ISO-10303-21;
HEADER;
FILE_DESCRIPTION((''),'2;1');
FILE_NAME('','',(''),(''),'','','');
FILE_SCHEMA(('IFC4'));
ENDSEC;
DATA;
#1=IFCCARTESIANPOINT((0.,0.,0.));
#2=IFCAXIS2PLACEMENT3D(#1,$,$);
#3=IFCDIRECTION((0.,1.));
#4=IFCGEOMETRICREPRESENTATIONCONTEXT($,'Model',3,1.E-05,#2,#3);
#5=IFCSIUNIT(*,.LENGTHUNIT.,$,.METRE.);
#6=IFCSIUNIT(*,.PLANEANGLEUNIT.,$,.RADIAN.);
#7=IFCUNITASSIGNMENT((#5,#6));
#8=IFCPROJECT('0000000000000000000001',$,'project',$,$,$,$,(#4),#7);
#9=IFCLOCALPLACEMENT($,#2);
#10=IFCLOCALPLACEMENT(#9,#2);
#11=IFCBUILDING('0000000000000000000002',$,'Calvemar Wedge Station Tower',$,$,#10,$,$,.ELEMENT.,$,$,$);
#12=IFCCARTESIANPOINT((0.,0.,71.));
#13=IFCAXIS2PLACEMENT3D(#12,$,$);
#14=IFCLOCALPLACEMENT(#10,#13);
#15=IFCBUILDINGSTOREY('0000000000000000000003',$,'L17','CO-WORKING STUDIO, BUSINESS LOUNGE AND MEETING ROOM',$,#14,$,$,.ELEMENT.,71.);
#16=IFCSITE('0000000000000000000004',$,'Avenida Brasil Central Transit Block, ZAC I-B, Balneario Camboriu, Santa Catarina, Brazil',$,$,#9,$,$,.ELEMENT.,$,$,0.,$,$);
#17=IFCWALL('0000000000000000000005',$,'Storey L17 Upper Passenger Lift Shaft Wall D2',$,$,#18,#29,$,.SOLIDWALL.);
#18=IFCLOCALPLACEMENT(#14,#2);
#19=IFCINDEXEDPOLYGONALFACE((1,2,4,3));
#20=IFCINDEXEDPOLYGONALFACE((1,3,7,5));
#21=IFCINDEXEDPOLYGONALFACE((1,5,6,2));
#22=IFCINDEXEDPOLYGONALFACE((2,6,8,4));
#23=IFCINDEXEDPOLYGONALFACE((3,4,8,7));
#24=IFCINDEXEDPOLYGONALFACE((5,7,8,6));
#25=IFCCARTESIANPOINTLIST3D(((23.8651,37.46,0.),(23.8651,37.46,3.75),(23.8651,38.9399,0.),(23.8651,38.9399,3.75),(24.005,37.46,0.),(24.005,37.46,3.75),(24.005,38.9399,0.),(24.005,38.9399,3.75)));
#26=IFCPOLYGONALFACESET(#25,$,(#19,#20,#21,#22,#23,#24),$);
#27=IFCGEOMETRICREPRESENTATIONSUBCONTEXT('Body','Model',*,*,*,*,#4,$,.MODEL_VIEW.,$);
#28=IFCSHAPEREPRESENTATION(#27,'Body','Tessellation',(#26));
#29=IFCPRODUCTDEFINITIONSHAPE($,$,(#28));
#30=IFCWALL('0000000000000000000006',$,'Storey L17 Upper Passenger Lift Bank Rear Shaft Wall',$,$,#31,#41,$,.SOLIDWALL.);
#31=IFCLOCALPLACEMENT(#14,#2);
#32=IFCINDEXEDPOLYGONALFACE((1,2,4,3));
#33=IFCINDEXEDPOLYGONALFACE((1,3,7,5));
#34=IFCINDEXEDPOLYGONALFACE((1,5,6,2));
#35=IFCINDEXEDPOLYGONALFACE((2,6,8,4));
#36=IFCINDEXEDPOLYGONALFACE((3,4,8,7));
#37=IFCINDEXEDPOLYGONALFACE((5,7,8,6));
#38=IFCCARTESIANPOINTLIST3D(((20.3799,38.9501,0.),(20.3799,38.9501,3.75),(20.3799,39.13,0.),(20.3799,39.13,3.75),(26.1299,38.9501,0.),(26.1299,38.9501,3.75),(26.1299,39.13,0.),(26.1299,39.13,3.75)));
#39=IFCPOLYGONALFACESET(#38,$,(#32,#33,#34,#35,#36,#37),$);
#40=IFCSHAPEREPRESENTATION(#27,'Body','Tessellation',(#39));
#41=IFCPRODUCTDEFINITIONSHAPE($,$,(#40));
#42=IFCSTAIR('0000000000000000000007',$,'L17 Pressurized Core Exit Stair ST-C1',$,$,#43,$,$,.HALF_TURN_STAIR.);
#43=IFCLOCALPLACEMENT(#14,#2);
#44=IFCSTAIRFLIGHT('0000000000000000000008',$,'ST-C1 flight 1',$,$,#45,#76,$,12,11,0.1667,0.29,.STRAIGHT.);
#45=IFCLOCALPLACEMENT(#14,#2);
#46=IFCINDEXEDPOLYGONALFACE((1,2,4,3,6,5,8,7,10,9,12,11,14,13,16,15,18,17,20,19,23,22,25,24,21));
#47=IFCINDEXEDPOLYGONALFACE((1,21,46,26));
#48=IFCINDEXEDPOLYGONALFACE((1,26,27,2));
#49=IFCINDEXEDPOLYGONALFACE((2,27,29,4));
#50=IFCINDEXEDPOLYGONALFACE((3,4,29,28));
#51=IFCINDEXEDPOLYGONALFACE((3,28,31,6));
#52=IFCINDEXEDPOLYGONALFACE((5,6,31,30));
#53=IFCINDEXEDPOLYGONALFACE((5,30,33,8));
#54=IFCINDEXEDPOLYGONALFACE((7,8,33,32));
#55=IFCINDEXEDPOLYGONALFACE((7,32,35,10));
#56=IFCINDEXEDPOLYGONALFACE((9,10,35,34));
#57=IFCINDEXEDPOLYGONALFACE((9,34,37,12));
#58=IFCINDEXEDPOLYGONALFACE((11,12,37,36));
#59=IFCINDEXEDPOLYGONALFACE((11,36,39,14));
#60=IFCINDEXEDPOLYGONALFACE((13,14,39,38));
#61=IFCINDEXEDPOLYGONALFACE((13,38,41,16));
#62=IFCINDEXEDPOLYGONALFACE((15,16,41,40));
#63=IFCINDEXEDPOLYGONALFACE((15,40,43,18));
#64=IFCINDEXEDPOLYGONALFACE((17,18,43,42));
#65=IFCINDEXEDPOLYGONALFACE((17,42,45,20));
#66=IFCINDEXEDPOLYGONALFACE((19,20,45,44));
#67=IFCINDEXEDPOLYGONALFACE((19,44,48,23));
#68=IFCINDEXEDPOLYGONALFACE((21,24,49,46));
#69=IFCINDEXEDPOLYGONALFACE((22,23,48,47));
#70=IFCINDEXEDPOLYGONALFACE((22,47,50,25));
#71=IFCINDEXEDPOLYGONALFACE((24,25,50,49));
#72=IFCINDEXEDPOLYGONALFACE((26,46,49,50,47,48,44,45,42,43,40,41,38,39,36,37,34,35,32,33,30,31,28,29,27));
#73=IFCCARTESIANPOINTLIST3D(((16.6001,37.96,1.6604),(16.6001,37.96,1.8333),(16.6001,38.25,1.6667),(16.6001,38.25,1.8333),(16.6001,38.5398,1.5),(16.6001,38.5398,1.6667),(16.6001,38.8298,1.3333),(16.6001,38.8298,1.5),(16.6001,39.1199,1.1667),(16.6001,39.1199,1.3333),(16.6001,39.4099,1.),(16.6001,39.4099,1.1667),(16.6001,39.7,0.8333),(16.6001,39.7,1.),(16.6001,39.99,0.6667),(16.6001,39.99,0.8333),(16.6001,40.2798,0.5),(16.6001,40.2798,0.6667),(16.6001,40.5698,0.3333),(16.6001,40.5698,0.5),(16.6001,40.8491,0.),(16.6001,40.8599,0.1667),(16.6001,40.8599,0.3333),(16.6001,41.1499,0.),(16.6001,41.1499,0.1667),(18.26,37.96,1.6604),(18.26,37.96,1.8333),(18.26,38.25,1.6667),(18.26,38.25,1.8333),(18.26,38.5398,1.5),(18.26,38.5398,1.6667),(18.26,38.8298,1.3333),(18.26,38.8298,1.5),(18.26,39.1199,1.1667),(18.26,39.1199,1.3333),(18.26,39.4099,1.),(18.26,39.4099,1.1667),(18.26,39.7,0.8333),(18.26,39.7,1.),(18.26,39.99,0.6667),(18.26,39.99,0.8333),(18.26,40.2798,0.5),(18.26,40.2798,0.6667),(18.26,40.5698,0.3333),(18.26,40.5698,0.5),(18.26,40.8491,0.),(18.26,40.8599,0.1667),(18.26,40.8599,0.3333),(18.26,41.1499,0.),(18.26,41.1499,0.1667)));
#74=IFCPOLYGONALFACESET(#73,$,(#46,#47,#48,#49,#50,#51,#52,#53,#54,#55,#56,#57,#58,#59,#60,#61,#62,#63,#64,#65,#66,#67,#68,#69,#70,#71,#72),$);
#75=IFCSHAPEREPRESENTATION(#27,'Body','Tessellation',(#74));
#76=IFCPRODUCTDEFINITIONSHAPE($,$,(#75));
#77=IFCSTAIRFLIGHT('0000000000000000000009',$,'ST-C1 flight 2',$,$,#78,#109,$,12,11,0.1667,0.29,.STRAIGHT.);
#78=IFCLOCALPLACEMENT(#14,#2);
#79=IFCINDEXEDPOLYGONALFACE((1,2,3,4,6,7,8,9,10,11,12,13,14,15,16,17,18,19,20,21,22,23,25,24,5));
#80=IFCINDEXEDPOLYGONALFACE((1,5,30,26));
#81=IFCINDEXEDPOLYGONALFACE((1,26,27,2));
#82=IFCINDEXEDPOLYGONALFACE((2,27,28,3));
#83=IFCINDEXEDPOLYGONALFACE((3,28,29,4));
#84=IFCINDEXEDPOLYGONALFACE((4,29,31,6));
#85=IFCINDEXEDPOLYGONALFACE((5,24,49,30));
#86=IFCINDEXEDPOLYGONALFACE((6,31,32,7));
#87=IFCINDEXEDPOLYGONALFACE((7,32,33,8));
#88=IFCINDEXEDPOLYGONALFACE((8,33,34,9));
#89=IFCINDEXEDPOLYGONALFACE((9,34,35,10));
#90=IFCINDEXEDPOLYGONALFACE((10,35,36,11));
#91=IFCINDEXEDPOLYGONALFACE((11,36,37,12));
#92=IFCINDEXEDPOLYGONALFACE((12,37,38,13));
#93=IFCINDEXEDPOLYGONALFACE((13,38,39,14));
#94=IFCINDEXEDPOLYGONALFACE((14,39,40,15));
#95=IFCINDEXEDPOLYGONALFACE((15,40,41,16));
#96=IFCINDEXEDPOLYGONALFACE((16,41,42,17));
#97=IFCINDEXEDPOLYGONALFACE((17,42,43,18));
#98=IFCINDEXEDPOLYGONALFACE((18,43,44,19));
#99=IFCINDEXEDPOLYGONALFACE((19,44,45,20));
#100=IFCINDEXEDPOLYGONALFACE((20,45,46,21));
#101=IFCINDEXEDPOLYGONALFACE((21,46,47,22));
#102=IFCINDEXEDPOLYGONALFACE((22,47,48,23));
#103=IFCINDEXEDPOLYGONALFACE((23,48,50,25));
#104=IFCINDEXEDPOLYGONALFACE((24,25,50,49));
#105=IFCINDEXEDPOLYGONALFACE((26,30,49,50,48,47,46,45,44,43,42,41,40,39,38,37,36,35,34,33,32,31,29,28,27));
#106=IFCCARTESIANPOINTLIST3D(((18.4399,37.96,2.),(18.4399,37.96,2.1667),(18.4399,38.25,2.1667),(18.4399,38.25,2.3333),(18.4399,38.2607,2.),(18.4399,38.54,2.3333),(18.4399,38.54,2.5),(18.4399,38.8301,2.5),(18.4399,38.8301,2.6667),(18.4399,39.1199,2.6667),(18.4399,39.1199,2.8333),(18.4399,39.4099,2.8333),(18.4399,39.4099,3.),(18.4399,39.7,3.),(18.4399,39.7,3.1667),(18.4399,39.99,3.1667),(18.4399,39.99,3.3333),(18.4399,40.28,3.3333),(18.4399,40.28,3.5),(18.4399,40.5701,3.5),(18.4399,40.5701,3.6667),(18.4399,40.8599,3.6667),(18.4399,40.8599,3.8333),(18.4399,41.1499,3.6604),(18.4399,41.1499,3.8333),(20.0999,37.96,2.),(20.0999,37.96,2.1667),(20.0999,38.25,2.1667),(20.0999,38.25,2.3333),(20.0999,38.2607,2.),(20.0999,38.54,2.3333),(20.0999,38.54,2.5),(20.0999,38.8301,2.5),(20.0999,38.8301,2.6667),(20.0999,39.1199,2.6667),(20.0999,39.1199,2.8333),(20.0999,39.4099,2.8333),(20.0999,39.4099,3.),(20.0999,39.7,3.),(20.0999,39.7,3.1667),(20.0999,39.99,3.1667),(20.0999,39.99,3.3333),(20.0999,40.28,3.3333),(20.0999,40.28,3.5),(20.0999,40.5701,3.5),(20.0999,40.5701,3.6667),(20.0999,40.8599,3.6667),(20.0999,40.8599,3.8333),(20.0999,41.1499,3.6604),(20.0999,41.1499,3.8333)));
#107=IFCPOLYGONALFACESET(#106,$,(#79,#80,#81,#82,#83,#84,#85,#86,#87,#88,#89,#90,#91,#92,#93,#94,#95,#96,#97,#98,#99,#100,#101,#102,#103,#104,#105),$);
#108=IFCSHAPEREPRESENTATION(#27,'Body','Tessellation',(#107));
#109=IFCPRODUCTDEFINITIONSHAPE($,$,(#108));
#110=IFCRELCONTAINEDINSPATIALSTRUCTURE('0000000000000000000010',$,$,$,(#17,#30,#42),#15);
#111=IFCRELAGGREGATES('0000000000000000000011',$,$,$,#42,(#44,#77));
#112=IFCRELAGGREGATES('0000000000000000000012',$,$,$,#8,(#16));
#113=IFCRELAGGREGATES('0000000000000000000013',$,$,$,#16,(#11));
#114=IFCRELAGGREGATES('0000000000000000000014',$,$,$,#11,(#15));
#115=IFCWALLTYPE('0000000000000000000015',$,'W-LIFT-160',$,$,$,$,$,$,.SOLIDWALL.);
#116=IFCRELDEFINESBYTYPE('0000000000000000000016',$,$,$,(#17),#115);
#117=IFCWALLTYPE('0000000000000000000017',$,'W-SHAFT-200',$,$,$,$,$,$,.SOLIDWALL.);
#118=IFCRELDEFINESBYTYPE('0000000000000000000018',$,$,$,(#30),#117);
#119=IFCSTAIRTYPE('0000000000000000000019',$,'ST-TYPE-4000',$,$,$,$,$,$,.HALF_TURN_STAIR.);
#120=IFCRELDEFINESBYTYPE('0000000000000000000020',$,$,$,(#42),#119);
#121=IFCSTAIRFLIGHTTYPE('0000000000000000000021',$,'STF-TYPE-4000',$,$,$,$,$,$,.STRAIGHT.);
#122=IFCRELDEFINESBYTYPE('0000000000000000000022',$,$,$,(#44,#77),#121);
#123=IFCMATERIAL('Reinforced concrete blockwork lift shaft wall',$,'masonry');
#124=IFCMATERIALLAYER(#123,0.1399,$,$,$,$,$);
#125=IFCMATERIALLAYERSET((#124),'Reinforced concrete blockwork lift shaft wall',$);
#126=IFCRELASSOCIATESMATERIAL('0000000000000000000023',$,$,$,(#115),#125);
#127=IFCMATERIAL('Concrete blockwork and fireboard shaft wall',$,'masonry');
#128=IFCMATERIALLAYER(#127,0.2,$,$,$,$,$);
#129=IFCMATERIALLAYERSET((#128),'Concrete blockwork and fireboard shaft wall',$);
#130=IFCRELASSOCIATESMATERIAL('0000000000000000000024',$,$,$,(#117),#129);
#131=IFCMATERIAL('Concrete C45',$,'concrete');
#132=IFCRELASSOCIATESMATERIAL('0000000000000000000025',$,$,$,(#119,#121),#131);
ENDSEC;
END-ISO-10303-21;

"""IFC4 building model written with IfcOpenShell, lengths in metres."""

from ifc_helpers import new_model, si_unit, direction, frame, frame_2d, origin, place, context, subcontext, project, spatial, polyline, rectangle, outline, extrude, material, layer, layer_set, type_object, element, aggregate, save


model = new_model("IFC4")

# Units and contexts
model_context = context("Model", 3, precision=1e-05, world=origin(), true_north=direction((0.0, 1.0)))
body_context = subcontext(model_context, "Body", "Model", "MODEL_VIEW")
ifc_project = project(units=[si_unit("LENGTHUNIT", "METRE"), si_unit("PLANEANGLEUNIT", "RADIAN")], contexts=[model_context])

# Site, building, storey
site_placement = place(None, origin())
site = spatial("IfcSite", under=ifc_project, at=site_placement, Name="Avenida Brasil Central Transit Block, ZAC I-B, Balneario Camboriu, Santa Catarina, Brazil", CompositionType="ELEMENT", RefElevation=0.0)
building_placement = place(site_placement, origin())
building = spatial("IfcBuilding", under=site, at=building_placement, Name="Calvemar Wedge Station Tower", CompositionType="ELEMENT")
storey_placement = place(building_placement, frame((0.0, 0.0, 71.0)))
storey = spatial("IfcBuildingStorey", under=building, at=storey_placement, Name="L17", Description="CO-WORKING STUDIO, BUSINESS LOUNGE AND MEETING ROOM", CompositionType="ELEMENT", Elevation=71.0)

# Shared definitions
ifc_material_1 = material(Name="Reinforced concrete blockwork lift shaft wall", Category="masonry")
ifc_layer_1 = layer(ifc_material_1, 0.1399)
ifc_layer_set_1 = layer_set([ifc_layer_1], Name="Reinforced concrete blockwork lift shaft wall")
wall_type_1 = type_object("IfcWallType", Name="W-LIFT-160", PredefinedType="SOLIDWALL", material=ifc_layer_set_1)

# Walls
for number, where, z_axis, x_axis, name in (
    (1, (23.9351, 37.46, 0.0), (0.0, 0.0, 1.0), (0.0, 1.0, 0.0), "Storey L17 Upper Passenger Lift Shaft Wall D2"),
):
    element("IfcWall", number, at=place(storey_placement, frame(where, z_axis=z_axis, x_axis=x_axis)), inside=storey, type_object=wall_type_1, Name=name, PredefinedType="SOLIDWALL", context=body_context, shape_type="SweptSolid", body=[
        extrude(rectangle(XDim=1.48, YDim=0.1399, at=frame_2d((0.74, 0.0))), origin(), (0.0, 0.0, 1.0), 3.75),
    ])
ifc_material_2 = material(Name="Concrete blockwork and fireboard shaft wall", Category="masonry")
ifc_layer_2 = layer(ifc_material_2, 0.2)
ifc_layer_set_2 = layer_set([ifc_layer_2], Name="Concrete blockwork and fireboard shaft wall")
wall_type_2 = type_object("IfcWallType", Name="W-SHAFT-200", PredefinedType="SOLIDWALL", material=ifc_layer_set_2)
wall_1_placement = place(storey_placement, frame((20.3799, 39.04, 0.0), z_axis=(0.0, 0.0, 1.0), x_axis=(1.0, 0.0, 0.0)))
element("IfcWall", 2, at=wall_1_placement, inside=storey, type_object=wall_type_2, Name="Storey L17 Upper Passenger Lift Bank Rear Shaft Wall", PredefinedType="SOLIDWALL", context=body_context, shape_type="SweptSolid", body=[
    extrude(rectangle(XDim=5.75, YDim=0.1799, at=frame_2d((2.875, 0.0))), origin(), (0.0, 0.0, 1.0), 3.75),
])

# Stair, stair flights
ifc_material_3 = material(Name="Concrete C45", Category="concrete")
stair_type = type_object("IfcStairType", Name="ST-TYPE-4000", PredefinedType="HALF_TURN_STAIR", material=ifc_material_3)
stair_placement = place(storey_placement, origin())
stair = element("IfcStair", 3, at=stair_placement, inside=storey, type_object=stair_type, Name="L17 Pressurized Core Exit Stair ST-C1", PredefinedType="HALF_TURN_STAIR")
stair_flight_type = type_object("IfcStairFlightType", Name="STF-TYPE-4000", PredefinedType="STRAIGHT", material=ifc_material_3)
stair_flight_1_placement = place(storey_placement, frame((17.4299, 41.1499, 0.0), z_axis=(0.0, 0.0, 1.0), x_axis=(0.0, -1.0, 0.0)))
stair_flight_1 = element("IfcStairFlight", 4, at=stair_flight_1_placement, type_object=stair_flight_type, Name="ST-C1 flight 1", NumberOfRisers=12, NumberOfTreads=11, PredefinedType="STRAIGHT", RiserHeight=0.1667, TreadLength=0.29, context=body_context, shape_type="SweptSolid", body=[
    extrude(outline(polyline([(0.0, 0.0), (0.0, 0.1667), (0.29, 0.1667), (0.29, 0.3333), (0.5801, 0.3333), (0.5801, 0.5), (0.8701, 0.5), (0.8701, 0.6667), (1.1599, 0.6667), (1.1599, 0.8333), (1.45, 0.8333), (1.45, 1.0), (1.74, 1.0), (1.74, 1.1667), (2.03, 1.1667), (2.03, 1.3333), (2.3201, 1.3333), (2.3201, 1.5), (2.6101, 1.5), (2.6101, 1.6667), (2.8999, 1.6667), (2.8999, 1.8333), (3.1899, 1.8333), (3.1899, 2.0), (3.1899, 1.6604), (0.3008, 0.0), (0.0, 0.0)])), frame((0.0, 0.8301, 0.0), z_axis=(0.0, -1.0, 0.0), x_axis=(1.0, 0.0, 0.0)), (0.0, 0.0, 1.0), 1.6599),
])
stair_flight_2_placement = place(storey_placement, frame((19.27, 37.96, 2.0), z_axis=(0.0, 0.0, 1.0), x_axis=(0.0, 1.0, 0.0)))
stair_flight_2 = element("IfcStairFlight", 5, at=stair_flight_2_placement, type_object=stair_flight_type, Name="ST-C1 flight 2", NumberOfRisers=12, NumberOfTreads=11, PredefinedType="STRAIGHT", RiserHeight=0.1667, TreadLength=0.29, context=body_context, shape_type="SweptSolid", body=[
    extrude(outline(polyline([(0.0, 0.0), (0.0, 0.1667), (0.29, 0.1667), (0.29, 0.3333), (0.5801, 0.3333), (0.5801, 0.5), (0.8701, 0.5), (0.8701, 0.6667), (1.1599, 0.6667), (1.1599, 0.8333), (1.45, 0.8333), (1.45, 1.0), (1.74, 1.0), (1.74, 1.1667), (2.03, 1.1667), (2.03, 1.3333), (2.3201, 1.3333), (2.3201, 1.5), (2.6101, 1.5), (2.6101, 1.6667), (2.8999, 1.6667), (2.8999, 1.8333), (3.1899, 1.8333), (3.1899, 2.0), (3.1899, 1.6604), (0.3008, 0.0), (0.0, 0.0)])), frame((0.0, 0.8301, 0.0), z_axis=(0.0, -1.0, 0.0), x_axis=(1.0, 0.0, 0.0)), (0.0, 0.0, 1.0), 1.6599),
])
aggregate(stair, [stair_flight_1, stair_flight_2])

save(model, "model.ifc")
